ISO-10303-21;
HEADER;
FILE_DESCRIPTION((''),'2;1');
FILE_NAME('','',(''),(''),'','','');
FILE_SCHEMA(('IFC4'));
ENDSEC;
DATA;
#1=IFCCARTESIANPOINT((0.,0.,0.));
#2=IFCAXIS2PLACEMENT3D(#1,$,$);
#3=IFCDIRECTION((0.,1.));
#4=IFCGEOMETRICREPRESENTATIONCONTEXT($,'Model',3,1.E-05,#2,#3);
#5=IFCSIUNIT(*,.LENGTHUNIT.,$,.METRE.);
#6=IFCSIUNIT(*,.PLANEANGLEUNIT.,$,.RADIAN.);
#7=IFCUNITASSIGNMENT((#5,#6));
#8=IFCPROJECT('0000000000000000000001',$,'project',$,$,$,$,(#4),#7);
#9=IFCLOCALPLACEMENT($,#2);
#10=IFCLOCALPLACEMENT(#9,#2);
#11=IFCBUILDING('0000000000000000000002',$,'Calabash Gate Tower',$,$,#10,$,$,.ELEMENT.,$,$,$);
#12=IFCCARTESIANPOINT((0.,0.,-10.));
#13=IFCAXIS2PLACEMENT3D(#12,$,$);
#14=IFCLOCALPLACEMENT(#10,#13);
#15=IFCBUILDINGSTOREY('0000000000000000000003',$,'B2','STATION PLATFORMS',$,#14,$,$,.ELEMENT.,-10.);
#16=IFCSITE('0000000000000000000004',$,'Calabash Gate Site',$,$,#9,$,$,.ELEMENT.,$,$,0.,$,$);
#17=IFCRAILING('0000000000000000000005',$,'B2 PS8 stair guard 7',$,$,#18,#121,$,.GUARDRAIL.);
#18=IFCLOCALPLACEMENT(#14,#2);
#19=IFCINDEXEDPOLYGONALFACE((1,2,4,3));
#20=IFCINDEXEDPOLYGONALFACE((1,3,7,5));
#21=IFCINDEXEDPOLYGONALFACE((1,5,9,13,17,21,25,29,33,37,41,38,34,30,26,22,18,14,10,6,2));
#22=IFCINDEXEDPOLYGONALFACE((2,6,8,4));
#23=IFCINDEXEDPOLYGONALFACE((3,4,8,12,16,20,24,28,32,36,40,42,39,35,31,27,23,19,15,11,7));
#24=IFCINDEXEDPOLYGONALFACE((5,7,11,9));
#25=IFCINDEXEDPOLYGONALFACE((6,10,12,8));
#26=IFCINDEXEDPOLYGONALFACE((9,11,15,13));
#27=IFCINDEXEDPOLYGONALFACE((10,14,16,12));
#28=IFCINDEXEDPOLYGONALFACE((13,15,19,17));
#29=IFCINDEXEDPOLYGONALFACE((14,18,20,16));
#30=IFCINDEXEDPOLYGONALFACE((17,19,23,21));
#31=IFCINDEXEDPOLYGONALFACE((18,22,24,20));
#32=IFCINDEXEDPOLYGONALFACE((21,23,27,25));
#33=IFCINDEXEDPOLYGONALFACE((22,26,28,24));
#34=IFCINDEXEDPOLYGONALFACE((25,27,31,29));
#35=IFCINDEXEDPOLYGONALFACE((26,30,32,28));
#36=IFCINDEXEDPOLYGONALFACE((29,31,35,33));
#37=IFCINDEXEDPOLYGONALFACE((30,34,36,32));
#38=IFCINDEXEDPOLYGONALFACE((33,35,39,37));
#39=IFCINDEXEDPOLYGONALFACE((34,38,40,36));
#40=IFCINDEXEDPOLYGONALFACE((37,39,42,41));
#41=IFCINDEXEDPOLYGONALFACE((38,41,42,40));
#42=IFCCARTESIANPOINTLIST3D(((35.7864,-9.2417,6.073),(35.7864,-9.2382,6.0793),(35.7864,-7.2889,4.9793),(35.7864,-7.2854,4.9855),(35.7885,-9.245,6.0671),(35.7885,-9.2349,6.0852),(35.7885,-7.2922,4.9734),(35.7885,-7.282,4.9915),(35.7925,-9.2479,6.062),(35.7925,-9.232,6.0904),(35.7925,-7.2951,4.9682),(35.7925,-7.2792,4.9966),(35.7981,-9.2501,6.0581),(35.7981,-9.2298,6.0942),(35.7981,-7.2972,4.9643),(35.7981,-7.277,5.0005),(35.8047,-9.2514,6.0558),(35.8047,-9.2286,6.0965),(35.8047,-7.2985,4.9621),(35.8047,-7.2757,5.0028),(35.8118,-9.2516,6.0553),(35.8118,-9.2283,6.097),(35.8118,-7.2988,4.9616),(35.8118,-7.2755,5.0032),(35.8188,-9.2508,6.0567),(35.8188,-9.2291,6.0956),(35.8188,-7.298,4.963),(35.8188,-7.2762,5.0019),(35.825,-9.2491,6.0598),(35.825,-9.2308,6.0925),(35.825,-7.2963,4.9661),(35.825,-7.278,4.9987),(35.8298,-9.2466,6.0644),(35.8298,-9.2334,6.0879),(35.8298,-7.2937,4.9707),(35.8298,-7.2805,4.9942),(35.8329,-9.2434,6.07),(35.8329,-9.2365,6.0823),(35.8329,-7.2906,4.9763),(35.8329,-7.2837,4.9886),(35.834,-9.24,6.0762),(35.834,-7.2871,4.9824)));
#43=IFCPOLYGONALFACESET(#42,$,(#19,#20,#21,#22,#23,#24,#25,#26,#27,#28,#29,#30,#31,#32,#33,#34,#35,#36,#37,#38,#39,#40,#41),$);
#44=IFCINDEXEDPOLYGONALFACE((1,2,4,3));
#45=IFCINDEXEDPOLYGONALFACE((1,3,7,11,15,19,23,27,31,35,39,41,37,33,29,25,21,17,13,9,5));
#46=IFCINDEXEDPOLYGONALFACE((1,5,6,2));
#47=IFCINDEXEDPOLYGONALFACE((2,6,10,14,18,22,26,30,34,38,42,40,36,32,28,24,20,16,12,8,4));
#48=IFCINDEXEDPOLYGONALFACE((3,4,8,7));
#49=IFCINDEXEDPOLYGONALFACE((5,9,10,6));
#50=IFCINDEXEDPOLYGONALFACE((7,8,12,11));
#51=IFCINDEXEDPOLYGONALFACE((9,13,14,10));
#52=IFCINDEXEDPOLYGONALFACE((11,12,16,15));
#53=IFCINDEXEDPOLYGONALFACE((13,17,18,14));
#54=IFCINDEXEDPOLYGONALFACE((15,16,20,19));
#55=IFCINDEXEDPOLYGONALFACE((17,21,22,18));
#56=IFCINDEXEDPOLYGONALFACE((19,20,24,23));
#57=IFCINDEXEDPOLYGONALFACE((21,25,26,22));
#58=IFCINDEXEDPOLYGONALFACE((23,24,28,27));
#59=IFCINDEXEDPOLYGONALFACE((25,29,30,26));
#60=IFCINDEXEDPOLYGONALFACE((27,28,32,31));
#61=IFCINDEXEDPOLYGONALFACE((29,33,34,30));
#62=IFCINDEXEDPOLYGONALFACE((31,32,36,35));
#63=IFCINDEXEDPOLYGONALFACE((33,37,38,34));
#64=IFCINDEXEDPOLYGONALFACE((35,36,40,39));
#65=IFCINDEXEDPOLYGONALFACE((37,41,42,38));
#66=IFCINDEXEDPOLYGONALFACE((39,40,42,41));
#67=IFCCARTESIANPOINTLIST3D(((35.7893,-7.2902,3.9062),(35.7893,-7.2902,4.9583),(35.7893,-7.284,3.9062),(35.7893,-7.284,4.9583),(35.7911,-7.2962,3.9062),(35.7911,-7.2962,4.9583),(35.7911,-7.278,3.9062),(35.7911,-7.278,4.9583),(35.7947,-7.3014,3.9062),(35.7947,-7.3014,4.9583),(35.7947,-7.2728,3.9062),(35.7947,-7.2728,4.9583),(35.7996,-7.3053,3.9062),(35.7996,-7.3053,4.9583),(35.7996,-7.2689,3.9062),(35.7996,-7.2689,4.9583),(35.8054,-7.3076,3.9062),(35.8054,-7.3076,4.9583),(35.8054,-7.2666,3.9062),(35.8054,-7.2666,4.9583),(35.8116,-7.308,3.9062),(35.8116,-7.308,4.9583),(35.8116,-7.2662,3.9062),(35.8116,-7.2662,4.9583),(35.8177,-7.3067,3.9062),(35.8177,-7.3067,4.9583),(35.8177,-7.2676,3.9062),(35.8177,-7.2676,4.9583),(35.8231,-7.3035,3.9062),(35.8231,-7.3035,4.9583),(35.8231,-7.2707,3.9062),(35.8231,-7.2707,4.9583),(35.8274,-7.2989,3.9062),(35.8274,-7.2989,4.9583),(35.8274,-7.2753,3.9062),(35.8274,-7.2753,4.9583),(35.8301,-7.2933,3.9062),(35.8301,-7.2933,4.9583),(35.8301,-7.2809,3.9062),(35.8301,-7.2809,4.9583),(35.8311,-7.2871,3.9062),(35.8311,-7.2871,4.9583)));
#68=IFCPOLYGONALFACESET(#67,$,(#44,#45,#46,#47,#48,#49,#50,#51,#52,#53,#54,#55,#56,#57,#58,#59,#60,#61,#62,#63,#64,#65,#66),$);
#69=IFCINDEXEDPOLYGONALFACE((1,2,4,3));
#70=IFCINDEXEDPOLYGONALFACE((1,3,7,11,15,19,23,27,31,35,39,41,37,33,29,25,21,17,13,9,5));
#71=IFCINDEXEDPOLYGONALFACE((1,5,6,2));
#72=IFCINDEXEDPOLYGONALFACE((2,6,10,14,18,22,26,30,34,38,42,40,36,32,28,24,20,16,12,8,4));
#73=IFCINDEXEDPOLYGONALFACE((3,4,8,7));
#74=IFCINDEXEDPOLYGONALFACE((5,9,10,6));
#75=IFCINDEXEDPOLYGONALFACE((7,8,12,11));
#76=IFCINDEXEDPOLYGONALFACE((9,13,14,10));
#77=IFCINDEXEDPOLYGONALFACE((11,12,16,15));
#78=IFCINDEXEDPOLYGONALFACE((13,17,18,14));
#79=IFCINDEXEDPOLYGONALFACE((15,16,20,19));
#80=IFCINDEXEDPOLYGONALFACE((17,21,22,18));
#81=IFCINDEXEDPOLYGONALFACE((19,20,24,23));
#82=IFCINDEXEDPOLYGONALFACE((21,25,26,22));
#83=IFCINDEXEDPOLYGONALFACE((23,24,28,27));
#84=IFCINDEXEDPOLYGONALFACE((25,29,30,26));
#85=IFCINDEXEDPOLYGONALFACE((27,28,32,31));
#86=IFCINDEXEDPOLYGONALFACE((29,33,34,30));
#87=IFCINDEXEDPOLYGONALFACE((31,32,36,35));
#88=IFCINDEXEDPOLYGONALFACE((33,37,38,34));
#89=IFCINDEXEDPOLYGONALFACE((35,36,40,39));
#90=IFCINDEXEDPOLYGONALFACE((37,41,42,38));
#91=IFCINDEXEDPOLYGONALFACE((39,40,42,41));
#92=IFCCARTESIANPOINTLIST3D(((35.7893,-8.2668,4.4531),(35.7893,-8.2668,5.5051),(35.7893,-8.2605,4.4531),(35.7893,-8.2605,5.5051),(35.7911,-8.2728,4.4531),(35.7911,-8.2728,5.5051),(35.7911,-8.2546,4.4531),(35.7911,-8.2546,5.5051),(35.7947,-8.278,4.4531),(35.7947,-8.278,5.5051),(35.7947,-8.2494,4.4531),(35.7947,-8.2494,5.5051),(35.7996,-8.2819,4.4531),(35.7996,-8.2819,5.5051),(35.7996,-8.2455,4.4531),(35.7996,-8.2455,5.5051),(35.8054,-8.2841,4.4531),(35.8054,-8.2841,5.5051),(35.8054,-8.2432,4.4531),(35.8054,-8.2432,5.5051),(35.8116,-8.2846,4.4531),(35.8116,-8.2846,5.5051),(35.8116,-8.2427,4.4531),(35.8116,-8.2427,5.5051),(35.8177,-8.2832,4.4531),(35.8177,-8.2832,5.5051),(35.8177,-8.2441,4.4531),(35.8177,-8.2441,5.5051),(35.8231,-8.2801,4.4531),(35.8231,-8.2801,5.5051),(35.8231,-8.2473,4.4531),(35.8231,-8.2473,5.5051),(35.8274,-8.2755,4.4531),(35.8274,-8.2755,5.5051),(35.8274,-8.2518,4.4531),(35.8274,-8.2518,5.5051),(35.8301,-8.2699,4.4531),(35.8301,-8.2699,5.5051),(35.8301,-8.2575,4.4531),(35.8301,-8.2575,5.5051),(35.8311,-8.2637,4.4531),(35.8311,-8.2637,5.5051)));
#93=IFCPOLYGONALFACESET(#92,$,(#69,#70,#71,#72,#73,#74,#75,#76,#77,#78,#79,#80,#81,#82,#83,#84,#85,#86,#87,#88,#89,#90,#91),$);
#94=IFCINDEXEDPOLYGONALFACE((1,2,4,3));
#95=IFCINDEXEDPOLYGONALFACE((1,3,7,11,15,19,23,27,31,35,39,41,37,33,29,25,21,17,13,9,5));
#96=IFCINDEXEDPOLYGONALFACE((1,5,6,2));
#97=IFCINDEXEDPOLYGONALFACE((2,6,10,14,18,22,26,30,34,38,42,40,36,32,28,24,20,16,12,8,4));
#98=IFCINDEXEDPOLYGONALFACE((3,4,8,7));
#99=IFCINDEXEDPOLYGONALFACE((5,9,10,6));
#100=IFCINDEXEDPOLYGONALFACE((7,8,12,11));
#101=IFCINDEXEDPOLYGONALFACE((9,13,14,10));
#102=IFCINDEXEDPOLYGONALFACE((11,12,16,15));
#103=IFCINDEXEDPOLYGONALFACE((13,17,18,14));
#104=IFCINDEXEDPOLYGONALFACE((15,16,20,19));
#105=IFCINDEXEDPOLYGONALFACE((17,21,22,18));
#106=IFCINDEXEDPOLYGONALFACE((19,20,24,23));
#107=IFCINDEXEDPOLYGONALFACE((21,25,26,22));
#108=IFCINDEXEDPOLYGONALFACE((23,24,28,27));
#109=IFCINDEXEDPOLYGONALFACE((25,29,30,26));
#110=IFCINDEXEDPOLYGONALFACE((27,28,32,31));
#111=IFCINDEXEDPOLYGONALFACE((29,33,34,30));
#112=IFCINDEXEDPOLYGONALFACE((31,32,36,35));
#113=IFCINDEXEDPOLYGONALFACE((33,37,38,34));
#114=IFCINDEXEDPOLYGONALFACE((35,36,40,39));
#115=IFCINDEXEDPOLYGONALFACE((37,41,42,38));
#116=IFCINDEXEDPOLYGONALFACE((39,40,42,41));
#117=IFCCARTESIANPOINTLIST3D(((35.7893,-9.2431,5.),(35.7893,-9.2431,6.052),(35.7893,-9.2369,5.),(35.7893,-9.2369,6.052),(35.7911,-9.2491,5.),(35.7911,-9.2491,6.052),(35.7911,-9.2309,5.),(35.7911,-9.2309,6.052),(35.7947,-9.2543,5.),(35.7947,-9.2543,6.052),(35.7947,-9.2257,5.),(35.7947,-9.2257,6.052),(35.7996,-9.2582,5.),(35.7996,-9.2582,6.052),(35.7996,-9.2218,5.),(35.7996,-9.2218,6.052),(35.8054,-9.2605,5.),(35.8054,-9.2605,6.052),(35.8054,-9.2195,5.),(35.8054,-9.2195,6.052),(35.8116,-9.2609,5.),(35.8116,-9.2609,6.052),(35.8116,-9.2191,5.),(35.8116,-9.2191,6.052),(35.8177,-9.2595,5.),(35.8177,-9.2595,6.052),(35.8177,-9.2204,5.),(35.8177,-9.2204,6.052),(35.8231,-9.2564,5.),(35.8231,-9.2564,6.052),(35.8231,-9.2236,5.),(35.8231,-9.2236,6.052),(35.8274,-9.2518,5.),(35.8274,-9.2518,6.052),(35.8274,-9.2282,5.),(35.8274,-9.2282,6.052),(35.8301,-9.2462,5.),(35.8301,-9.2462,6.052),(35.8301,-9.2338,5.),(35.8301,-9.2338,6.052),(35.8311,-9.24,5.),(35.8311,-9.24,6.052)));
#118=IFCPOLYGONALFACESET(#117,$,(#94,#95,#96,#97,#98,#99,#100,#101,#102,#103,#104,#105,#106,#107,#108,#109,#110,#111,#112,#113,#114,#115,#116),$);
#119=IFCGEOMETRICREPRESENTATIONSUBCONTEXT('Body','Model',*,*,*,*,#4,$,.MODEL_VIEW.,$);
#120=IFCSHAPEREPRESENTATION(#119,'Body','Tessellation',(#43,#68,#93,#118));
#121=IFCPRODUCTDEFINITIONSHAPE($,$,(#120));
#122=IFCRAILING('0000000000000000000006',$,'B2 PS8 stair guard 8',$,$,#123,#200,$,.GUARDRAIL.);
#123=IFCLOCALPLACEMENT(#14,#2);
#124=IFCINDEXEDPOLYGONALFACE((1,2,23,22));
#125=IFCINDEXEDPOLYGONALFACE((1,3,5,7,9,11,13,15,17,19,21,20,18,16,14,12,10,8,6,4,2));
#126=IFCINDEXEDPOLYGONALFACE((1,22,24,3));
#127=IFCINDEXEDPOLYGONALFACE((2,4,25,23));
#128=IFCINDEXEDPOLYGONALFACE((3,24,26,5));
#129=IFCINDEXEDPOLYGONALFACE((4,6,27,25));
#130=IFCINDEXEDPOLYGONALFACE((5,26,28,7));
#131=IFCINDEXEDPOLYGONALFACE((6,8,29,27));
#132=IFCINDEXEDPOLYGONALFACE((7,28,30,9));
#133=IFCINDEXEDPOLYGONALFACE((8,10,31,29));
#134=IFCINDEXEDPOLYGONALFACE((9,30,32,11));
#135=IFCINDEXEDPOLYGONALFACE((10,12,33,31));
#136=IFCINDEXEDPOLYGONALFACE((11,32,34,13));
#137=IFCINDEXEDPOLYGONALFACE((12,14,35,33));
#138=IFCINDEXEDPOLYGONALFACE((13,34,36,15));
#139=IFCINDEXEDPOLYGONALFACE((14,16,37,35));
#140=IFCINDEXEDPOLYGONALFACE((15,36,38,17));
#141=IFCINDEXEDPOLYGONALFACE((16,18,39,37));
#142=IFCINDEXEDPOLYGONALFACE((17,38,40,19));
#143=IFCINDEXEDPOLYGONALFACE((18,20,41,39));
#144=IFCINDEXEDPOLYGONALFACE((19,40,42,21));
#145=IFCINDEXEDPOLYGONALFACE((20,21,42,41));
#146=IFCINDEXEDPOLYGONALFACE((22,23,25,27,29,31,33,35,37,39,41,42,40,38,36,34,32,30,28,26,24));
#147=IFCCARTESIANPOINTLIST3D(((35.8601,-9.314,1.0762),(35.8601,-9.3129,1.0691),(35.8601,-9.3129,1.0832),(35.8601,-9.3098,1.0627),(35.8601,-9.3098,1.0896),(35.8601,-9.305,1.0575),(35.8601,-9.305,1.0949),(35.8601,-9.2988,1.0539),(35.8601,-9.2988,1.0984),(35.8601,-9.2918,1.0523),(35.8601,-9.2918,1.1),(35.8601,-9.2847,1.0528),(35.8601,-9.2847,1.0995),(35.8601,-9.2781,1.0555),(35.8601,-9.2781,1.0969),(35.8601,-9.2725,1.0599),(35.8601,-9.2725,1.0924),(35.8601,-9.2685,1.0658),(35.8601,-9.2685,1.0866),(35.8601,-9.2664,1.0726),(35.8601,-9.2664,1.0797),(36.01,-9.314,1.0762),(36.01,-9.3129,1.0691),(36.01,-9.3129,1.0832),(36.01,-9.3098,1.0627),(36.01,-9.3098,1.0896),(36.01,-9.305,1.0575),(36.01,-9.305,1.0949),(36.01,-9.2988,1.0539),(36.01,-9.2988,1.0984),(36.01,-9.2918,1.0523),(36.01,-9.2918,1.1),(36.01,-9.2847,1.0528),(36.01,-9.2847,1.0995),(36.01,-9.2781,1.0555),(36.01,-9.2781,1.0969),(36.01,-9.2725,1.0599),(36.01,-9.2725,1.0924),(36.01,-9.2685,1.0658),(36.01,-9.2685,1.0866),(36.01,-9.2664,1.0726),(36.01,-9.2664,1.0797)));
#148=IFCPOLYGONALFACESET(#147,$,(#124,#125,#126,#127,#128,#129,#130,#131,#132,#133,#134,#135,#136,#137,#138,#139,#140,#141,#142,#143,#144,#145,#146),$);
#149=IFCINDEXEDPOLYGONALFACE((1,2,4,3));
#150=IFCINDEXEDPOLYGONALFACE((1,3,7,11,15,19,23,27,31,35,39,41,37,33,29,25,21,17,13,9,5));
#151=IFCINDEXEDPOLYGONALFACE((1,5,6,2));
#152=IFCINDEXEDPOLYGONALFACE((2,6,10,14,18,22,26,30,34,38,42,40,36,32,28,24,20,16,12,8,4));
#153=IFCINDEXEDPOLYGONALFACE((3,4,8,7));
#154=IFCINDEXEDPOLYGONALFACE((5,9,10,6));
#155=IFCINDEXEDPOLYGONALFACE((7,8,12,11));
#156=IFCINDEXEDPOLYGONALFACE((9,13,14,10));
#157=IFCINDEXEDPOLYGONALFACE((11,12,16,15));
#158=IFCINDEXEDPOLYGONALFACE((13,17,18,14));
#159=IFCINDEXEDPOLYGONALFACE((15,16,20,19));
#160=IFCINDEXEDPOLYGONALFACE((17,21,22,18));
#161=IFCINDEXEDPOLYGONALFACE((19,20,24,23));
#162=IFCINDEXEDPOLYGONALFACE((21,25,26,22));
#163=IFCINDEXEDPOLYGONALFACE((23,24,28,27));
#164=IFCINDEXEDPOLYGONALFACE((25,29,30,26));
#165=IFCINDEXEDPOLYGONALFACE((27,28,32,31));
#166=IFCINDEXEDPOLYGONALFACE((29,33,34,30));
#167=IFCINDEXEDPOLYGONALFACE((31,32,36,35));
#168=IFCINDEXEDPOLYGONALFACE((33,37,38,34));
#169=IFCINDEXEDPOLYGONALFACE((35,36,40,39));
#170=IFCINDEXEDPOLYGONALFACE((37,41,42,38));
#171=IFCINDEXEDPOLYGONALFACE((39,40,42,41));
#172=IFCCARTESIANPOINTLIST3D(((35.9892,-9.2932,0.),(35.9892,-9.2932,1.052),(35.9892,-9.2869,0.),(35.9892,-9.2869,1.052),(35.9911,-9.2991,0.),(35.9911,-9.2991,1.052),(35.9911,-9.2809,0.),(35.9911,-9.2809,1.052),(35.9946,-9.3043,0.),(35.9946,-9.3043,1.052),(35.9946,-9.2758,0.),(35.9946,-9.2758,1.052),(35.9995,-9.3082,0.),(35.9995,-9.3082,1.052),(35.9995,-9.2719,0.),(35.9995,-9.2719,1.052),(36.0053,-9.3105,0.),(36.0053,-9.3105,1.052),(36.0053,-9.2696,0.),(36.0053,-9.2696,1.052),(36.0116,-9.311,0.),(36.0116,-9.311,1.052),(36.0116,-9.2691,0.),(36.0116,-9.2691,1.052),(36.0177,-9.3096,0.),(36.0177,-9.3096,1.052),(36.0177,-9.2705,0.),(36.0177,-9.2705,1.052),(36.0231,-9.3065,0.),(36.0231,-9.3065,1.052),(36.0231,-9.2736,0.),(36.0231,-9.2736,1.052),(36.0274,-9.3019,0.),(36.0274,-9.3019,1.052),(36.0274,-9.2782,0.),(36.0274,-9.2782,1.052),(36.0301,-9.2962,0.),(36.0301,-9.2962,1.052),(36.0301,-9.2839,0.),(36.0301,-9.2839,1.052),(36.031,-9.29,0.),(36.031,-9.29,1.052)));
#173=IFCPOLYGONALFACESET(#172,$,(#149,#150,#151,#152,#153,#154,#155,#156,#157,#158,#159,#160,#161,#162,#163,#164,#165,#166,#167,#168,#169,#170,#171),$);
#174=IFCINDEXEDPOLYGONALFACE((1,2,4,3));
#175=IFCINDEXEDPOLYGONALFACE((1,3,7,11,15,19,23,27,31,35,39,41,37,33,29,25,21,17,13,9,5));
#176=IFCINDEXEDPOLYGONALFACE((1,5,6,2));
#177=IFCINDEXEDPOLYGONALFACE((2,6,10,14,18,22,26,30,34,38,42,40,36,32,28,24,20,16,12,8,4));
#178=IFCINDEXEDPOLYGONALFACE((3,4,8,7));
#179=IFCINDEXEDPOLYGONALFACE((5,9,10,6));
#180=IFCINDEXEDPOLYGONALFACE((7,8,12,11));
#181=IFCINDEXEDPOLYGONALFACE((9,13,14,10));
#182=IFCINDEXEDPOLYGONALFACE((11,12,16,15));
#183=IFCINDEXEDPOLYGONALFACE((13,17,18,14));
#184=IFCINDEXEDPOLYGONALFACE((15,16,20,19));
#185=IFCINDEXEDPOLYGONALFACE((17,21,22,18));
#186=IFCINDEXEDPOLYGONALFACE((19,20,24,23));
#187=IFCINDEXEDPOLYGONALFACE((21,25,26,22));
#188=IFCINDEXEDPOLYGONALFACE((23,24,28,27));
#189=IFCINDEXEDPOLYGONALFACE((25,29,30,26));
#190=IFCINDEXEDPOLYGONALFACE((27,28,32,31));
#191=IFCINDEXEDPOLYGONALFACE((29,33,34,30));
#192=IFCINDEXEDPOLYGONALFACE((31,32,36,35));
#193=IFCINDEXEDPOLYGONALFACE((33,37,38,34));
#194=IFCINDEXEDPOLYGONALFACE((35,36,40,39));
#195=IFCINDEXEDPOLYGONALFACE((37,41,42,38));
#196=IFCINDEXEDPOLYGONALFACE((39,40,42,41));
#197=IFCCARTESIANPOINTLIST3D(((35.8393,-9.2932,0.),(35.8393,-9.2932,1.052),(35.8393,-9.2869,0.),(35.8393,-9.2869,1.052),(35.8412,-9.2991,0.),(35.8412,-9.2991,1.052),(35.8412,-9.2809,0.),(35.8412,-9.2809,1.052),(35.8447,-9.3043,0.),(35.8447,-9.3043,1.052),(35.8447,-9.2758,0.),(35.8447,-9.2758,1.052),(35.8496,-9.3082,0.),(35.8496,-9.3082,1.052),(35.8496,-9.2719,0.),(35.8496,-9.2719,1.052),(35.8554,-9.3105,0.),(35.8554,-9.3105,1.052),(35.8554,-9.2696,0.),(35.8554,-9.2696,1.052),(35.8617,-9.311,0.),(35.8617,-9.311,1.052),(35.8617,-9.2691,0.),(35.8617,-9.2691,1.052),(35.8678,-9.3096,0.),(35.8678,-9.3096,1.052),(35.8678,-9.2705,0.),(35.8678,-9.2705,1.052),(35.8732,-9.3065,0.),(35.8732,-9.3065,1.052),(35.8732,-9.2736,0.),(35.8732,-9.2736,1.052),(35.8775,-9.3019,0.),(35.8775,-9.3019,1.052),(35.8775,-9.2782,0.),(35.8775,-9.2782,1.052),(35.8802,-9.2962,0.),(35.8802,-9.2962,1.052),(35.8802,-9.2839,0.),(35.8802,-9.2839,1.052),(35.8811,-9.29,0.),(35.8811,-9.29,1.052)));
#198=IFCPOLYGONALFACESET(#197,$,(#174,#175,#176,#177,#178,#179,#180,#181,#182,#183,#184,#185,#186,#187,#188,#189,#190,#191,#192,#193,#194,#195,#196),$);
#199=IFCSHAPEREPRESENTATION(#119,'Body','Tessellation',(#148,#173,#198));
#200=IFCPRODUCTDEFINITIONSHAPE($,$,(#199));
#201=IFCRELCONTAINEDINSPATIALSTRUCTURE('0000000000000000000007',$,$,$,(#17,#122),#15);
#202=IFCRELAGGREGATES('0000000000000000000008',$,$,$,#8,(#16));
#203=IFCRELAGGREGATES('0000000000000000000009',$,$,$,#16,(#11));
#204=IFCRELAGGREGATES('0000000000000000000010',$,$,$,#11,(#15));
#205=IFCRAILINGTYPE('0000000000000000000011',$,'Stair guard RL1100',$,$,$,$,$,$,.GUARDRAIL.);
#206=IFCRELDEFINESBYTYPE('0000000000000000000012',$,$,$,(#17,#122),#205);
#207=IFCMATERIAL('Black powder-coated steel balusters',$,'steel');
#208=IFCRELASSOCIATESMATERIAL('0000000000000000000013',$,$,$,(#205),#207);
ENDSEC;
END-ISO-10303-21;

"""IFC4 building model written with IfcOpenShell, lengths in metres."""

from ifc_helpers import new_model, si_unit, direction, frame, origin, origin_2d, place, context, subcontext, project, spatial, circle, extrude, material, type_object, element, save


model = new_model("IFC4")

# Units and contexts
model_context = context("Model", 3, precision=1e-05, world=origin(), true_north=direction((0.0, 1.0)))
body_context = subcontext(model_context, "Body", "Model", "MODEL_VIEW")
ifc_project = project(units=[si_unit("LENGTHUNIT", "METRE"), si_unit("PLANEANGLEUNIT", "RADIAN")], contexts=[model_context])

# Site, building, storey
site_placement = place(None, origin())
site = spatial("IfcSite", under=ifc_project, at=site_placement, Name="Calabash Gate Site", CompositionType="ELEMENT", RefElevation=0.0)
building_placement = place(site_placement, origin())
building = spatial("IfcBuilding", under=site, at=building_placement, Name="Calabash Gate Tower", CompositionType="ELEMENT")
storey_placement = place(building_placement, frame((0.0, 0.0, -10.0)))
storey = spatial("IfcBuildingStorey", under=building, at=storey_placement, Name="B2", Description="STATION PLATFORMS", CompositionType="ELEMENT", Elevation=-10.0)

# Railings
ifc_material_1 = material(Name="Black powder-coated steel balusters", Category="steel")
railing_type_1 = type_object("IfcRailingType", Name="Stair guard RL1100", PredefinedType="GUARDRAIL", material=ifc_material_1)
railing_1_placement = place(storey_placement, frame((35.8101, -7.2871, 3.9062)))
element("IfcRailing", 1, at=railing_1_placement, inside=storey, type_object=railing_type_1, Name="B2 PS8 stair guard 7", PredefinedType="GUARDRAIL", context=body_context, shape_type="SweptSolid", body=[
    extrude(circle(Radius=0.0239, at=origin_2d()), frame((0.0, 0.0, 1.0762), z_axis=(0.0, -0.87248, 0.48865), x_axis=(1.0, 0.0, 0.0)), (0.0, 0.0, 1.0), 2.2383),
    extrude(circle(Radius=0.021, at=origin_2d()), origin(), (0.0, 0.0, 1.0), 1.052),
    extrude(circle(Radius=0.021, at=origin_2d()), frame((0.0, -0.9766, 0.5469)), (0.0, 0.0, 1.0), 1.052),
    extrude(circle(Radius=0.021, at=origin_2d()), frame((0.0, -1.9529, 1.0938)), (0.0, 0.0, 1.0), 1.052),
])
railing_2_placement = place(storey_placement, frame((36.01, -9.29, 0.0)))
element("IfcRailing", 2, at=railing_2_placement, inside=storey, type_object=railing_type_1, Name="B2 PS8 stair guard 8", PredefinedType="GUARDRAIL", context=body_context, shape_type="SweptSolid", body=[
    extrude(circle(Radius=0.0239, at=origin_2d()), frame((0.0, 0.0, 1.0762), z_axis=(-1.0, 0.0, 0.0), x_axis=(0.0, -1.0, 0.0)), (0.0, 0.0, 1.0), 0.1499),
    extrude(circle(Radius=0.021, at=origin_2d()), origin(), (0.0, 0.0, 1.0), 1.052),
    extrude(circle(Radius=0.021, at=origin_2d()), frame((-0.1499, 0.0, 0.0)), (0.0, 0.0, 1.0), 1.052),
])

save(model, "model.ifc")
